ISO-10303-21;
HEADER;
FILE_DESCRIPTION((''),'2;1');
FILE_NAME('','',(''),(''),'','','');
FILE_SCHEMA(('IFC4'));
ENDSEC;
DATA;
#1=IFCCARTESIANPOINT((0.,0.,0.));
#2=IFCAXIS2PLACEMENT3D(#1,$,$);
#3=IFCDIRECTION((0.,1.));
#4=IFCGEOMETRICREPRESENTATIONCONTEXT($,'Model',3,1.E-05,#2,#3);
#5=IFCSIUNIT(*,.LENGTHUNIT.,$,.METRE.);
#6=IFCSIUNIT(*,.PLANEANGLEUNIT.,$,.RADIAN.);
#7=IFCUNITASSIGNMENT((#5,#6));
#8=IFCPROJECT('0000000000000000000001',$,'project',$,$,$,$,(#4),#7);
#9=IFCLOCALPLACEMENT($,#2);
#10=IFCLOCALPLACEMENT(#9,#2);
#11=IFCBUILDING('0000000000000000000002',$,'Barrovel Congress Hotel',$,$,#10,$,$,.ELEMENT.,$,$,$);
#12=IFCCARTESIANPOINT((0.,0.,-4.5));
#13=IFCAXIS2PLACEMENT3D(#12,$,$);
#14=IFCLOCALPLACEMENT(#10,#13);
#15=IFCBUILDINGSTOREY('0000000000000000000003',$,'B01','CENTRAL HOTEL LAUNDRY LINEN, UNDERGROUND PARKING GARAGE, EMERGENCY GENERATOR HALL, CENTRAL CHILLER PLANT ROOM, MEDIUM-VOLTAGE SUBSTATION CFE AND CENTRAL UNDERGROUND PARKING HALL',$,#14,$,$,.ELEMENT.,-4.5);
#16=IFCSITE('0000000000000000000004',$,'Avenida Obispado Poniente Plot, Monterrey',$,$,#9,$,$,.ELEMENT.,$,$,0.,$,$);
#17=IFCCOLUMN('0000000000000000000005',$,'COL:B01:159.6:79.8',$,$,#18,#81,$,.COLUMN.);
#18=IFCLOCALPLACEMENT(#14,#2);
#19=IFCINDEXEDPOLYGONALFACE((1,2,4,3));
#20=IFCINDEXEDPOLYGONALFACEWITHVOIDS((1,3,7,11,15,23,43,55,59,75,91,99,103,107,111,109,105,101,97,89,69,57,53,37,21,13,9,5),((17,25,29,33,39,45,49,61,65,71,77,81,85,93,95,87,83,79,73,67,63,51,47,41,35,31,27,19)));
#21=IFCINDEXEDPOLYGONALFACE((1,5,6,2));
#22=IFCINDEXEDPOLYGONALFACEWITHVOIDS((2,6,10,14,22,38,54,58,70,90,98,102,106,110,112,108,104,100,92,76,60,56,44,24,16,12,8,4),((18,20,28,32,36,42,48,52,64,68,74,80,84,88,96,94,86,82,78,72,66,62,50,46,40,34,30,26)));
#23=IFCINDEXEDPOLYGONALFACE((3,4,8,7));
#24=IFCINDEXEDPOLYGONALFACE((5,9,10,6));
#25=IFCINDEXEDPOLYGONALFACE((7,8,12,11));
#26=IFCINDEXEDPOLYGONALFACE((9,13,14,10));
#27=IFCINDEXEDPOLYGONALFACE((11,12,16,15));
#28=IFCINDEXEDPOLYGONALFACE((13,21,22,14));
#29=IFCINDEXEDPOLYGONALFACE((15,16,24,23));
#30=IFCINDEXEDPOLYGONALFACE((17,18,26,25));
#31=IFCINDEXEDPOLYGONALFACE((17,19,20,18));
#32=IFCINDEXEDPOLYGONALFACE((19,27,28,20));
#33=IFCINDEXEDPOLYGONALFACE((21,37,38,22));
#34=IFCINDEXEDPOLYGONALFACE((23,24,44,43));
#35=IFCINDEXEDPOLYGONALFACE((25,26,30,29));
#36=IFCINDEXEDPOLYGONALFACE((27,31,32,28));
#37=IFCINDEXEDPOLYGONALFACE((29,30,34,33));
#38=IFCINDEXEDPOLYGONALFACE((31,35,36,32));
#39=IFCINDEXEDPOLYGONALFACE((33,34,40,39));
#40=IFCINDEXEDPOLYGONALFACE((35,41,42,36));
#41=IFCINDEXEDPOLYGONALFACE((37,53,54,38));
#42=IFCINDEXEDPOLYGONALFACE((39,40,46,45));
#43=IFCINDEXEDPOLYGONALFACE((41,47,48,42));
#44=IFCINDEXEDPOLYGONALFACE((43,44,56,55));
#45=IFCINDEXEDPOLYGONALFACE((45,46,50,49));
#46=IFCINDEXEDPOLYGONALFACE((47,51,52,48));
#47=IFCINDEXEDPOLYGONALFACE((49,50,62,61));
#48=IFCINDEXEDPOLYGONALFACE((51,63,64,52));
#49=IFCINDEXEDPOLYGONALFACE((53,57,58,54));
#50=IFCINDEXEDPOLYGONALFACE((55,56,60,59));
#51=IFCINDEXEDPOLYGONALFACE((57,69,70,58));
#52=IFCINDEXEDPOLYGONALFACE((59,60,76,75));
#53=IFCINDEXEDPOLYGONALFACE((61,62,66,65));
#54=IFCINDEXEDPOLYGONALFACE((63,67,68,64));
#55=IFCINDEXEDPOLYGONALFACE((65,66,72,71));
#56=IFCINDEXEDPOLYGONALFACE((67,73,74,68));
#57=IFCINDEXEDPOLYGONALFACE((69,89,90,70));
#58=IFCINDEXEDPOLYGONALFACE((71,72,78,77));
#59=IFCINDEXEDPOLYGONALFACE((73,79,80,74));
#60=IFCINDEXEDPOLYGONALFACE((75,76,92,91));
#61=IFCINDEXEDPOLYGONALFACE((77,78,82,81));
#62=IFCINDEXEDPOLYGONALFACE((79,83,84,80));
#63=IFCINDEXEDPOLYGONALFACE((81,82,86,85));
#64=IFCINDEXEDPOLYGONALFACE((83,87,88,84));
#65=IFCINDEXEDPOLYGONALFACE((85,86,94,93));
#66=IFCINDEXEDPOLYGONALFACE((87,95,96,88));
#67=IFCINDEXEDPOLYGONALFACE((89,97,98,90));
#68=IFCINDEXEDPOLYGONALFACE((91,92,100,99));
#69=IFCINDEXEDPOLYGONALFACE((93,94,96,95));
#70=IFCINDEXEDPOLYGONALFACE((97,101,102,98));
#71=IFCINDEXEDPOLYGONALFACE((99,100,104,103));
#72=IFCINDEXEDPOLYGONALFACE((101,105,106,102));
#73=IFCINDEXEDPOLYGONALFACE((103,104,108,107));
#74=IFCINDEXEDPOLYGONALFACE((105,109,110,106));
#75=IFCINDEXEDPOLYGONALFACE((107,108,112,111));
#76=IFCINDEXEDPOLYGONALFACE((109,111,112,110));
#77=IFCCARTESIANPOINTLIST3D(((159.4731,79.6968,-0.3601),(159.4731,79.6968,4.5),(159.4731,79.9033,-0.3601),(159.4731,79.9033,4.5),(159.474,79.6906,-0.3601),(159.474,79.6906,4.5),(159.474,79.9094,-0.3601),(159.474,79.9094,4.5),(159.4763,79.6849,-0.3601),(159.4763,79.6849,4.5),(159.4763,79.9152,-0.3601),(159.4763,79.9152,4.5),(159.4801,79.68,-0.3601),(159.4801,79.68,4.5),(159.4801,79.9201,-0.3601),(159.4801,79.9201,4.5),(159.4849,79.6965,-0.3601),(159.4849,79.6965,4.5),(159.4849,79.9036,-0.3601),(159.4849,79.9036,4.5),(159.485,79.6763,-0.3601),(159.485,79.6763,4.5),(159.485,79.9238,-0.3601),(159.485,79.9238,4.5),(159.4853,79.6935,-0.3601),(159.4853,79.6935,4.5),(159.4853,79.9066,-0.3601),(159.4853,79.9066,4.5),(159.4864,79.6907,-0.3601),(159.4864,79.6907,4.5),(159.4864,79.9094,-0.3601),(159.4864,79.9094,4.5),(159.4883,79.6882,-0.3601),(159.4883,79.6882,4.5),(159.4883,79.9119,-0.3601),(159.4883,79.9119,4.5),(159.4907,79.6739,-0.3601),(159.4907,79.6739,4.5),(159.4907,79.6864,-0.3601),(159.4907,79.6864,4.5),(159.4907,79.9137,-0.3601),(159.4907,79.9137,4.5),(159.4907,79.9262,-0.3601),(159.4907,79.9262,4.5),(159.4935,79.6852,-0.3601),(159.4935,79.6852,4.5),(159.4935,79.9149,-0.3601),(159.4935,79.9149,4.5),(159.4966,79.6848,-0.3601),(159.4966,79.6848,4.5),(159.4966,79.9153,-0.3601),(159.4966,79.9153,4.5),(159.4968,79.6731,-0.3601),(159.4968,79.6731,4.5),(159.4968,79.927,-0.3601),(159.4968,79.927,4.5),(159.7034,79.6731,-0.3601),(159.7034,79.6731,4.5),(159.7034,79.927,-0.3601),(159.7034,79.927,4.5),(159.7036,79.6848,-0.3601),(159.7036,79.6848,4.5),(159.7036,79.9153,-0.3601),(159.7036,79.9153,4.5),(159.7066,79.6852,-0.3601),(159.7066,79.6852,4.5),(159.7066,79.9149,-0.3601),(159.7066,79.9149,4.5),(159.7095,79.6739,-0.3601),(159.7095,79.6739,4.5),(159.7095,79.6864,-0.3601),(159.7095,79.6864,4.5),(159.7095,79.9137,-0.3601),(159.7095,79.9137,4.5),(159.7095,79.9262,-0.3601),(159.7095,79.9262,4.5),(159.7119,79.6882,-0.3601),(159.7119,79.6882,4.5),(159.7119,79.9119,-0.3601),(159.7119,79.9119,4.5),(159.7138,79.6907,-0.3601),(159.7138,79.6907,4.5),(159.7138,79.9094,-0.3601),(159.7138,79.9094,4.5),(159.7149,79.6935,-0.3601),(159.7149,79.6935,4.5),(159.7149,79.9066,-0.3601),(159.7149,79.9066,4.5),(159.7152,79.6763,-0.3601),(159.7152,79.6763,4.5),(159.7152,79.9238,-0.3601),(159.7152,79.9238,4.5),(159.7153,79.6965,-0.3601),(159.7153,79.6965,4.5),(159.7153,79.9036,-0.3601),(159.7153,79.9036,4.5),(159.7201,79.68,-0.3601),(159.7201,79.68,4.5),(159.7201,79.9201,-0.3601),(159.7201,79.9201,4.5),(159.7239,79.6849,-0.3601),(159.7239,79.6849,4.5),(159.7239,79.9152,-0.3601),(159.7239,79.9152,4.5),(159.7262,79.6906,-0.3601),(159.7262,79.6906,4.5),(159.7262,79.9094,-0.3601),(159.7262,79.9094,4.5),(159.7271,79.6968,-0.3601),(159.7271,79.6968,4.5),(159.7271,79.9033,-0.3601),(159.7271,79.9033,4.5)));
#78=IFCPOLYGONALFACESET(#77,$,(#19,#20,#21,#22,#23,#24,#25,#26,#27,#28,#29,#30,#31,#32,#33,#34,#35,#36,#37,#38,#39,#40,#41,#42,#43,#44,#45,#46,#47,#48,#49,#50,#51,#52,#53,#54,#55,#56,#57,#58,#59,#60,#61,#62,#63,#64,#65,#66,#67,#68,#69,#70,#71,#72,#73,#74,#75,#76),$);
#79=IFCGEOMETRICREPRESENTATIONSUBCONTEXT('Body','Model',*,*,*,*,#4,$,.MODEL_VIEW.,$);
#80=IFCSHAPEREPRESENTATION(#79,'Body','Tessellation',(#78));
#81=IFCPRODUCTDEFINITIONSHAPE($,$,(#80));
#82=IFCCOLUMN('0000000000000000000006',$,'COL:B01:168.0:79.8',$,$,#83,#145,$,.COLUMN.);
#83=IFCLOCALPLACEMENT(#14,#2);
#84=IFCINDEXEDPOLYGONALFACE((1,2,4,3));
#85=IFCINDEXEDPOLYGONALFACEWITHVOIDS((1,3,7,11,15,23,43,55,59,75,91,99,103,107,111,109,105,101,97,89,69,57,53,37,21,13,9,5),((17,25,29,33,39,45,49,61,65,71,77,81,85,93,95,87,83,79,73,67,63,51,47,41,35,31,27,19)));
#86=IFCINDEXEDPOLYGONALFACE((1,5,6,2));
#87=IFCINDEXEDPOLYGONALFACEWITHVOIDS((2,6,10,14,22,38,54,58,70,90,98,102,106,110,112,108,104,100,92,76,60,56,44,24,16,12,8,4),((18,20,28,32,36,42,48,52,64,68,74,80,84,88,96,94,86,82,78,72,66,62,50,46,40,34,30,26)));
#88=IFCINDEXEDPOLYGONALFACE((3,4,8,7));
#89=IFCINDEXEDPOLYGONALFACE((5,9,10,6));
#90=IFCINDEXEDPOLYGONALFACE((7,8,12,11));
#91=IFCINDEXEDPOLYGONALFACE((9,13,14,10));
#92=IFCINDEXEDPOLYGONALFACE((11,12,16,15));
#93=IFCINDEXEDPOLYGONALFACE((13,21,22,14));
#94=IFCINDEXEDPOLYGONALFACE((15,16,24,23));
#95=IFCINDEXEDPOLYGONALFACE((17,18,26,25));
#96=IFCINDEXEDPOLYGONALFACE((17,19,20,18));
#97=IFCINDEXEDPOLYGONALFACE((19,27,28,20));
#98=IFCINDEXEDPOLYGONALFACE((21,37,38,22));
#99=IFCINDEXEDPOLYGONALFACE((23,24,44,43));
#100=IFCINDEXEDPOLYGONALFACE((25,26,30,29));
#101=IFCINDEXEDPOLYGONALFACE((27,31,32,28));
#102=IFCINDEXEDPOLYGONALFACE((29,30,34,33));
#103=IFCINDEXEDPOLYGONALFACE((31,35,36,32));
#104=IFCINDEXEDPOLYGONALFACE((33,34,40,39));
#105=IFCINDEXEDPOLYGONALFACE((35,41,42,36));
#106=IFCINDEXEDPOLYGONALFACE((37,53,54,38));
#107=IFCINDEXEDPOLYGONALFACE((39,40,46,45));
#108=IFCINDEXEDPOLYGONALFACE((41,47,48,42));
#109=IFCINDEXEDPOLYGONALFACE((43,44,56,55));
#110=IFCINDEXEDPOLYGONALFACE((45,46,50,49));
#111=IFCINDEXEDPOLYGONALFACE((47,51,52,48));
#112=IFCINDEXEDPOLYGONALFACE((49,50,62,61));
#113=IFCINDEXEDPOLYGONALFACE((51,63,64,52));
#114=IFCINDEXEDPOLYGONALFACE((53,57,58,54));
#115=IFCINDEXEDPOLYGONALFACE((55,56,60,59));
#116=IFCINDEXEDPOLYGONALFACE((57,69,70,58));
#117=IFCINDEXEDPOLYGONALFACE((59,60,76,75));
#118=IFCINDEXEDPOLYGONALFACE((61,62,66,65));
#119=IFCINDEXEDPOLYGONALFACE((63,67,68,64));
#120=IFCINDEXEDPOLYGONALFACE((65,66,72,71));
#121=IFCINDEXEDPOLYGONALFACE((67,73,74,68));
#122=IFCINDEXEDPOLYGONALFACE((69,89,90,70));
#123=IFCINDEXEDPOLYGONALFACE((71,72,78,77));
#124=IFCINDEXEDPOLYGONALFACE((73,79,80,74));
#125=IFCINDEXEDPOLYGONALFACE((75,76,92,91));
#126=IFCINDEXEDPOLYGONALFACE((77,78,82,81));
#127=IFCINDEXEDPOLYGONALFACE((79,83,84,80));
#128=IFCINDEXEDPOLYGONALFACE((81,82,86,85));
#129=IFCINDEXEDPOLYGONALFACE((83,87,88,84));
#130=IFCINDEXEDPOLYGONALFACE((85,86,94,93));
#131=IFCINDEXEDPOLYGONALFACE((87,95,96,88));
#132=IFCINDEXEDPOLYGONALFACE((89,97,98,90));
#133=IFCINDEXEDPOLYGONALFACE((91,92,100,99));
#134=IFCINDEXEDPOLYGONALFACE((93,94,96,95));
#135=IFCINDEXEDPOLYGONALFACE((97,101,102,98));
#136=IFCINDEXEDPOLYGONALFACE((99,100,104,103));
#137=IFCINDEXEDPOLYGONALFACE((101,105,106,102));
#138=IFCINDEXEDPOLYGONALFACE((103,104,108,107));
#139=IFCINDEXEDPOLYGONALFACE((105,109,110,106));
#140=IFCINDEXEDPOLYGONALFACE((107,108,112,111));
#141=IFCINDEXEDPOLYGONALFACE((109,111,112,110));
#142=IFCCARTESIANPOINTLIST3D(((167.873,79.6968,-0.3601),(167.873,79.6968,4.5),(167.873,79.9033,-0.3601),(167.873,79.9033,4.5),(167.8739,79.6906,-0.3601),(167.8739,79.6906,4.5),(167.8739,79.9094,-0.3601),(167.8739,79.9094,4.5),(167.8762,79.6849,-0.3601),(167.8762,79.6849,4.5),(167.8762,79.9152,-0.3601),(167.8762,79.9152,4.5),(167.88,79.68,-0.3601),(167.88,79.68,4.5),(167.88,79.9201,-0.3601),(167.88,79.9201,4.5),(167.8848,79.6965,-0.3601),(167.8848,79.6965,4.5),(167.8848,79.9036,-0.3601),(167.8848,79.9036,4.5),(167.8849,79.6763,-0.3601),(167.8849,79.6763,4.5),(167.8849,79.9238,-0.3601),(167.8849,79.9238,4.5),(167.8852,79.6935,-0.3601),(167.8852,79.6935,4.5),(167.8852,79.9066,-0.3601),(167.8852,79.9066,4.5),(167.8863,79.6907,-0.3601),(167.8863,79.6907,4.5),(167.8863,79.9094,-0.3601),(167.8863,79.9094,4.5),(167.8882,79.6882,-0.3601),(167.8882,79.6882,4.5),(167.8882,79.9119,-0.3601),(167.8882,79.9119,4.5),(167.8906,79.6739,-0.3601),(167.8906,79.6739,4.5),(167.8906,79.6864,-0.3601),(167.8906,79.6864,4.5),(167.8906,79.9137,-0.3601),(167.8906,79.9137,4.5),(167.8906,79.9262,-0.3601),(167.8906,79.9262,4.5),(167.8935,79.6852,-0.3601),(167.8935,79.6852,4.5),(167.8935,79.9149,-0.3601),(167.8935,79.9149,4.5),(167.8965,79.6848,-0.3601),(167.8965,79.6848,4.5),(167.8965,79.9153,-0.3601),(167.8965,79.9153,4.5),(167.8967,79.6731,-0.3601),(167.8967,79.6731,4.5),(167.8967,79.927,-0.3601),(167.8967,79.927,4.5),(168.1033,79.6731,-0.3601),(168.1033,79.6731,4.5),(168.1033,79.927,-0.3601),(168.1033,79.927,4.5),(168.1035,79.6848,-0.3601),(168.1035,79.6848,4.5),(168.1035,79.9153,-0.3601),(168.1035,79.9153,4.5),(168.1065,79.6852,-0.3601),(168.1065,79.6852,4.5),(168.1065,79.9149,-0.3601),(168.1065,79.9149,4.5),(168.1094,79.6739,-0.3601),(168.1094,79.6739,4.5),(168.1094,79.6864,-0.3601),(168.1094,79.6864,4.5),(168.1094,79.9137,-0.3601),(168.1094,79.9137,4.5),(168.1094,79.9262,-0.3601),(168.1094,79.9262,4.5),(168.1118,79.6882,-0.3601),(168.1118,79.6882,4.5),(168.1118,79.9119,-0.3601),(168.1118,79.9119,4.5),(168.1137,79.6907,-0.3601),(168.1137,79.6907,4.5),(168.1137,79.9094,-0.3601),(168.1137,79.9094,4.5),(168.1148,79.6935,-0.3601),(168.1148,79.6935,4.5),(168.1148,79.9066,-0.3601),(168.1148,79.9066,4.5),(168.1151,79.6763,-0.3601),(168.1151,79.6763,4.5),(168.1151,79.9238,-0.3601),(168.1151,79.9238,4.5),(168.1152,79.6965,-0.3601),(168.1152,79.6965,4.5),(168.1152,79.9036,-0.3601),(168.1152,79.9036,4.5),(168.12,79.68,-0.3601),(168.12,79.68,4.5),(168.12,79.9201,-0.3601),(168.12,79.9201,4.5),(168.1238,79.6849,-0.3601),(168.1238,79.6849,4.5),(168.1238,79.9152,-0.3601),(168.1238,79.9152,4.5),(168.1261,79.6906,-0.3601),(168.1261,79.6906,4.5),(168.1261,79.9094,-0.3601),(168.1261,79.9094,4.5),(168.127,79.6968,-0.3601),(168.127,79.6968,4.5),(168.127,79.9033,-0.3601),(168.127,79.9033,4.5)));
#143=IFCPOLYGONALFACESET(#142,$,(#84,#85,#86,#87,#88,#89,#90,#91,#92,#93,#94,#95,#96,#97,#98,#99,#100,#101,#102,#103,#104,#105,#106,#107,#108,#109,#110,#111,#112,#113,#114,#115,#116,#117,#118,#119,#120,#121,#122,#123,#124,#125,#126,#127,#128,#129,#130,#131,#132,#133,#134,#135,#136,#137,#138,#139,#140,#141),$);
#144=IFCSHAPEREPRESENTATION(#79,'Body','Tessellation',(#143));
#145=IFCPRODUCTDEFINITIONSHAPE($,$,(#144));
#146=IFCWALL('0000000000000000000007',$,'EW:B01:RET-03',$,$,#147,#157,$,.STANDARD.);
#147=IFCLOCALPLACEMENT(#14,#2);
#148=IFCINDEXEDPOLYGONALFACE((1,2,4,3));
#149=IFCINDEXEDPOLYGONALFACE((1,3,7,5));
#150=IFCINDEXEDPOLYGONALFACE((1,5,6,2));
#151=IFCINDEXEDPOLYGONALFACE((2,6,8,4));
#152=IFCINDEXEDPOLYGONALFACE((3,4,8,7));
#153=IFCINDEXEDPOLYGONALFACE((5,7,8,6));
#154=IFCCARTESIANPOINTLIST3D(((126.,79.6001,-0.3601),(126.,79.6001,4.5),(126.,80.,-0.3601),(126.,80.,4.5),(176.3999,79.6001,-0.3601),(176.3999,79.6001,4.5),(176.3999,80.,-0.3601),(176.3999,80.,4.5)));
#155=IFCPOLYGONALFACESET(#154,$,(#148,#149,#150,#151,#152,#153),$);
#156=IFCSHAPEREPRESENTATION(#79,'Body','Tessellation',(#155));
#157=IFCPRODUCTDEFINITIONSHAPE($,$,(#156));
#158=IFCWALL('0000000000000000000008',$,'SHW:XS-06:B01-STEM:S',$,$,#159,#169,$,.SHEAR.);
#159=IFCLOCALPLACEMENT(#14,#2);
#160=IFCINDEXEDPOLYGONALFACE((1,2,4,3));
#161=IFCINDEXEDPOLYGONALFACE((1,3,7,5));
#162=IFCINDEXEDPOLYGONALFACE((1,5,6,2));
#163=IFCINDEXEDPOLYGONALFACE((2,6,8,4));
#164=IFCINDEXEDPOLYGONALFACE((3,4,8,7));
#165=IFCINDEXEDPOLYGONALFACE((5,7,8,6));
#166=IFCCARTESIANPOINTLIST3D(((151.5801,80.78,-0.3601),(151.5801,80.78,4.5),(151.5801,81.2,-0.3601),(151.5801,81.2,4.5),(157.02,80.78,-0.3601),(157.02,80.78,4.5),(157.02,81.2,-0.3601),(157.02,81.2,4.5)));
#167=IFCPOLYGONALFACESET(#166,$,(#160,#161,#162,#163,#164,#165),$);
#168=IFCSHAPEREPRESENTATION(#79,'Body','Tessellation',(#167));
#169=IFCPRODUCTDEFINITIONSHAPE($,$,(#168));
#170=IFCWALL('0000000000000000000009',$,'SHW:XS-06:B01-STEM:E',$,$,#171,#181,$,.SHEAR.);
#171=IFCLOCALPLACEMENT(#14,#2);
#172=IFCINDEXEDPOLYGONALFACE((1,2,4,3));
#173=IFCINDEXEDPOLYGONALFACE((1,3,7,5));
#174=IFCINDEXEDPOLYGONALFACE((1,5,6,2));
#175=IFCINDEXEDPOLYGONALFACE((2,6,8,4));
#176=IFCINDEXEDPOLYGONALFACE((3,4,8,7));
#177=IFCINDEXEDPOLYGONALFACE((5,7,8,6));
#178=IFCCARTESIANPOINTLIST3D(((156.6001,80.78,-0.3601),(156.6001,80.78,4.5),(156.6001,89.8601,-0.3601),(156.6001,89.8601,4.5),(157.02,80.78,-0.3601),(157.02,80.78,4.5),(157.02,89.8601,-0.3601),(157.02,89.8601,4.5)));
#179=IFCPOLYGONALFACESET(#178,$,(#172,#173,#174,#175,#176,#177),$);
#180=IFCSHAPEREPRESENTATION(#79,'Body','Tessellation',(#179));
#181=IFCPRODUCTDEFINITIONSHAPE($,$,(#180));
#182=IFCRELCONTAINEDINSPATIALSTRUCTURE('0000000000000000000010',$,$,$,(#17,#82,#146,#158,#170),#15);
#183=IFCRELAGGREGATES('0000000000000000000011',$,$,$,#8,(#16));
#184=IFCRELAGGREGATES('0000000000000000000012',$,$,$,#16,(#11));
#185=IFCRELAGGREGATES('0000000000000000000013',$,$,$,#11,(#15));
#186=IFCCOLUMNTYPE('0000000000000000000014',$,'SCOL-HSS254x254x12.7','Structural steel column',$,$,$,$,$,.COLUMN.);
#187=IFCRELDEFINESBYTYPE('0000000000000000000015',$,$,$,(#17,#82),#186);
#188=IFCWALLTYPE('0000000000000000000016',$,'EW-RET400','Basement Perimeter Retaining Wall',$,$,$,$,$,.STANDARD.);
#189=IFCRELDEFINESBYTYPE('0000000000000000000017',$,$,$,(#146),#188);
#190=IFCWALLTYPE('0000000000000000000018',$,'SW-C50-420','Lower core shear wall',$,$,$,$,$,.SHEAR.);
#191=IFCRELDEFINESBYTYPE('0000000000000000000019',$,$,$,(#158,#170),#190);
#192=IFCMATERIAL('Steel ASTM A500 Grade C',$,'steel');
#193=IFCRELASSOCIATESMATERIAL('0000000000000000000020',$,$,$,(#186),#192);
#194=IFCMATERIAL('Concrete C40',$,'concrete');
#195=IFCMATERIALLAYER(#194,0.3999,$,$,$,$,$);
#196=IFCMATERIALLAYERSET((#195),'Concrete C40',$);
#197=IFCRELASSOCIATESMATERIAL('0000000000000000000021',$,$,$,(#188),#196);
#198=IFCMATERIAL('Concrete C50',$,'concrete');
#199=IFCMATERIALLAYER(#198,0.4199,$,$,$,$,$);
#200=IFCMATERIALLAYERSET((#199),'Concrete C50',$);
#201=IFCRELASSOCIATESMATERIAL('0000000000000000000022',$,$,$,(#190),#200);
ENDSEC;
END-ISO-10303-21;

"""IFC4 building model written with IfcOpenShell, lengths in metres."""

from ifc_helpers import new_model, si_unit, direction, frame, frame_2d, origin, origin_2d, place, context, subcontext, project, spatial, rectangle, hollow_rectangle, extrude, material, layer, layer_set, material_profile, profile_set, type_object, element, save


model = new_model("IFC4")

# Units and contexts
model_context = context("Model", 3, precision=1e-05, world=origin(), true_north=direction((0.0, 1.0)))
body_context = subcontext(model_context, "Body", "Model", "MODEL_VIEW")
ifc_project = project(units=[si_unit("LENGTHUNIT", "METRE"), si_unit("PLANEANGLEUNIT", "RADIAN")], contexts=[model_context])

# Site, building, storey
site_placement = place(None, origin())
site = spatial("IfcSite", under=ifc_project, at=site_placement, Name="Avenida Obispado Poniente Plot, Monterrey", CompositionType="ELEMENT", RefElevation=0.0)
building_placement = place(site_placement, origin())
building = spatial("IfcBuilding", under=site, at=building_placement, Name="Barrovel Congress Hotel", CompositionType="ELEMENT")
storey_placement = place(building_placement, frame((0.0, 0.0, -4.5)))
storey = spatial("IfcBuildingStorey", under=building, at=storey_placement, Name="B01", Description="CENTRAL HOTEL LAUNDRY LINEN, UNDERGROUND PARKING GARAGE, EMERGENCY GENERATOR HALL, CENTRAL CHILLER PLANT ROOM, MEDIUM-VOLTAGE SUBSTATION CFE AND CENTRAL UNDERGROUND PARKING HALL", CompositionType="ELEMENT", Elevation=-4.5)

# Shared definitions
ifc_material_1 = material(Name="Concrete C40", Category="concrete")

# Columns
ifc_material_2 = material(Name="Steel ASTM A500 Grade C", Category="steel")
ifc_material_profile_1 = material_profile(ifc_material_2, hollow_rectangle(XDim=0.2539, YDim=0.2539, WallThickness=0.0117, InnerFilletRadius=0.0117, OuterFilletRadius=0.0237, at=origin_2d()), Name="HSS254x254x12.7")
ifc_profile_set_1 = profile_set([ifc_material_profile_1], Name="Steel ASTM A500 Grade C")
column_type_1 = type_object("IfcColumnType", Name="SCOL-HSS254x254x12.7", Description="Structural steel column", PredefinedType="COLUMN", material=ifc_profile_set_1)
for number, where, z_axis, x_axis, name in (
    (1, (159.6001, 79.8, -0.3601), (0.0, 0.0, 1.0), (1.0, 0.0, 0.0), "COL:B01:159.6:79.8"),
    (2, (168.0, 79.8, -0.3601), (0.0, 0.0, 1.0), (1.0, 0.0, 0.0), "COL:B01:168.0:79.8"),
):
    element("IfcColumn", number, at=place(storey_placement, frame(where, z_axis=z_axis, x_axis=x_axis)), inside=storey, type_object=column_type_1, Name=name, PredefinedType="COLUMN", context=body_context, shape_type="SweptSolid", body=[
        extrude(hollow_rectangle(XDim=0.2539, YDim=0.2539, WallThickness=0.0117, InnerFilletRadius=0.0117, OuterFilletRadius=0.0237, at=origin_2d()), origin(), (0.0, 0.0, 1.0), 4.8601),
    ])

# Walls
ifc_layer_1 = layer(ifc_material_1, 0.3999)
ifc_layer_set_1 = layer_set([ifc_layer_1], Name="Concrete C40")
wall_type_1 = type_object("IfcWallType", Name="EW-RET400", Description="Basement Perimeter Retaining Wall", PredefinedType="STANDARD", material=ifc_layer_set_1)
wall_1_placement = place(storey_placement, frame((176.3999, 79.8, -0.3601), z_axis=(0.0, 0.0, 1.0), x_axis=(-1.0, 0.0, 0.0)))
element("IfcWall", 3, at=wall_1_placement, inside=storey, type_object=wall_type_1, Name="EW:B01:RET-03", PredefinedType="STANDARD", context=body_context, shape_type="SweptSolid", body=[
    extrude(rectangle(XDim=50.3999, YDim=0.3999, at=frame_2d((25.2, 0.0))), origin(), (0.0, 0.0, 1.0), 4.8601),
])
ifc_material_3 = material(Name="Concrete C50", Category="concrete")
ifc_layer_2 = layer(ifc_material_3, 0.4199)
ifc_layer_set_2 = layer_set([ifc_layer_2], Name="Concrete C50")
wall_type_2 = type_object("IfcWallType", Name="SW-C50-420", Description="Lower core shear wall", PredefinedType="SHEAR", material=ifc_layer_set_2)
wall_2_placement = place(storey_placement, frame((151.5801, 80.99, -0.3601), z_axis=(0.0, 0.0, 1.0), x_axis=(1.0, 0.0, 0.0)))
element("IfcWall", 4, at=wall_2_placement, inside=storey, type_object=wall_type_2, Name="SHW:XS-06:B01-STEM:S", PredefinedType="SHEAR", context=body_context, shape_type="SweptSolid", body=[
    extrude(rectangle(XDim=5.4399, YDim=0.4199, at=frame_2d((2.72, 0.0))), origin(), (0.0, 0.0, 1.0), 4.8601),
])
wall_3_placement = place(storey_placement, frame((156.8101, 80.78, -0.3601), z_axis=(0.0, 0.0, 1.0), x_axis=(0.0, 1.0, 0.0)))
element("IfcWall", 5, at=wall_3_placement, inside=storey, type_object=wall_type_2, Name="SHW:XS-06:B01-STEM:E", PredefinedType="SHEAR", context=body_context, shape_type="SweptSolid", body=[
    extrude(rectangle(XDim=9.0801, YDim=0.4199, at=frame_2d((4.54, 0.0))), origin(), (0.0, 0.0, 1.0), 4.8601),
])

save(model, "model.ifc")
